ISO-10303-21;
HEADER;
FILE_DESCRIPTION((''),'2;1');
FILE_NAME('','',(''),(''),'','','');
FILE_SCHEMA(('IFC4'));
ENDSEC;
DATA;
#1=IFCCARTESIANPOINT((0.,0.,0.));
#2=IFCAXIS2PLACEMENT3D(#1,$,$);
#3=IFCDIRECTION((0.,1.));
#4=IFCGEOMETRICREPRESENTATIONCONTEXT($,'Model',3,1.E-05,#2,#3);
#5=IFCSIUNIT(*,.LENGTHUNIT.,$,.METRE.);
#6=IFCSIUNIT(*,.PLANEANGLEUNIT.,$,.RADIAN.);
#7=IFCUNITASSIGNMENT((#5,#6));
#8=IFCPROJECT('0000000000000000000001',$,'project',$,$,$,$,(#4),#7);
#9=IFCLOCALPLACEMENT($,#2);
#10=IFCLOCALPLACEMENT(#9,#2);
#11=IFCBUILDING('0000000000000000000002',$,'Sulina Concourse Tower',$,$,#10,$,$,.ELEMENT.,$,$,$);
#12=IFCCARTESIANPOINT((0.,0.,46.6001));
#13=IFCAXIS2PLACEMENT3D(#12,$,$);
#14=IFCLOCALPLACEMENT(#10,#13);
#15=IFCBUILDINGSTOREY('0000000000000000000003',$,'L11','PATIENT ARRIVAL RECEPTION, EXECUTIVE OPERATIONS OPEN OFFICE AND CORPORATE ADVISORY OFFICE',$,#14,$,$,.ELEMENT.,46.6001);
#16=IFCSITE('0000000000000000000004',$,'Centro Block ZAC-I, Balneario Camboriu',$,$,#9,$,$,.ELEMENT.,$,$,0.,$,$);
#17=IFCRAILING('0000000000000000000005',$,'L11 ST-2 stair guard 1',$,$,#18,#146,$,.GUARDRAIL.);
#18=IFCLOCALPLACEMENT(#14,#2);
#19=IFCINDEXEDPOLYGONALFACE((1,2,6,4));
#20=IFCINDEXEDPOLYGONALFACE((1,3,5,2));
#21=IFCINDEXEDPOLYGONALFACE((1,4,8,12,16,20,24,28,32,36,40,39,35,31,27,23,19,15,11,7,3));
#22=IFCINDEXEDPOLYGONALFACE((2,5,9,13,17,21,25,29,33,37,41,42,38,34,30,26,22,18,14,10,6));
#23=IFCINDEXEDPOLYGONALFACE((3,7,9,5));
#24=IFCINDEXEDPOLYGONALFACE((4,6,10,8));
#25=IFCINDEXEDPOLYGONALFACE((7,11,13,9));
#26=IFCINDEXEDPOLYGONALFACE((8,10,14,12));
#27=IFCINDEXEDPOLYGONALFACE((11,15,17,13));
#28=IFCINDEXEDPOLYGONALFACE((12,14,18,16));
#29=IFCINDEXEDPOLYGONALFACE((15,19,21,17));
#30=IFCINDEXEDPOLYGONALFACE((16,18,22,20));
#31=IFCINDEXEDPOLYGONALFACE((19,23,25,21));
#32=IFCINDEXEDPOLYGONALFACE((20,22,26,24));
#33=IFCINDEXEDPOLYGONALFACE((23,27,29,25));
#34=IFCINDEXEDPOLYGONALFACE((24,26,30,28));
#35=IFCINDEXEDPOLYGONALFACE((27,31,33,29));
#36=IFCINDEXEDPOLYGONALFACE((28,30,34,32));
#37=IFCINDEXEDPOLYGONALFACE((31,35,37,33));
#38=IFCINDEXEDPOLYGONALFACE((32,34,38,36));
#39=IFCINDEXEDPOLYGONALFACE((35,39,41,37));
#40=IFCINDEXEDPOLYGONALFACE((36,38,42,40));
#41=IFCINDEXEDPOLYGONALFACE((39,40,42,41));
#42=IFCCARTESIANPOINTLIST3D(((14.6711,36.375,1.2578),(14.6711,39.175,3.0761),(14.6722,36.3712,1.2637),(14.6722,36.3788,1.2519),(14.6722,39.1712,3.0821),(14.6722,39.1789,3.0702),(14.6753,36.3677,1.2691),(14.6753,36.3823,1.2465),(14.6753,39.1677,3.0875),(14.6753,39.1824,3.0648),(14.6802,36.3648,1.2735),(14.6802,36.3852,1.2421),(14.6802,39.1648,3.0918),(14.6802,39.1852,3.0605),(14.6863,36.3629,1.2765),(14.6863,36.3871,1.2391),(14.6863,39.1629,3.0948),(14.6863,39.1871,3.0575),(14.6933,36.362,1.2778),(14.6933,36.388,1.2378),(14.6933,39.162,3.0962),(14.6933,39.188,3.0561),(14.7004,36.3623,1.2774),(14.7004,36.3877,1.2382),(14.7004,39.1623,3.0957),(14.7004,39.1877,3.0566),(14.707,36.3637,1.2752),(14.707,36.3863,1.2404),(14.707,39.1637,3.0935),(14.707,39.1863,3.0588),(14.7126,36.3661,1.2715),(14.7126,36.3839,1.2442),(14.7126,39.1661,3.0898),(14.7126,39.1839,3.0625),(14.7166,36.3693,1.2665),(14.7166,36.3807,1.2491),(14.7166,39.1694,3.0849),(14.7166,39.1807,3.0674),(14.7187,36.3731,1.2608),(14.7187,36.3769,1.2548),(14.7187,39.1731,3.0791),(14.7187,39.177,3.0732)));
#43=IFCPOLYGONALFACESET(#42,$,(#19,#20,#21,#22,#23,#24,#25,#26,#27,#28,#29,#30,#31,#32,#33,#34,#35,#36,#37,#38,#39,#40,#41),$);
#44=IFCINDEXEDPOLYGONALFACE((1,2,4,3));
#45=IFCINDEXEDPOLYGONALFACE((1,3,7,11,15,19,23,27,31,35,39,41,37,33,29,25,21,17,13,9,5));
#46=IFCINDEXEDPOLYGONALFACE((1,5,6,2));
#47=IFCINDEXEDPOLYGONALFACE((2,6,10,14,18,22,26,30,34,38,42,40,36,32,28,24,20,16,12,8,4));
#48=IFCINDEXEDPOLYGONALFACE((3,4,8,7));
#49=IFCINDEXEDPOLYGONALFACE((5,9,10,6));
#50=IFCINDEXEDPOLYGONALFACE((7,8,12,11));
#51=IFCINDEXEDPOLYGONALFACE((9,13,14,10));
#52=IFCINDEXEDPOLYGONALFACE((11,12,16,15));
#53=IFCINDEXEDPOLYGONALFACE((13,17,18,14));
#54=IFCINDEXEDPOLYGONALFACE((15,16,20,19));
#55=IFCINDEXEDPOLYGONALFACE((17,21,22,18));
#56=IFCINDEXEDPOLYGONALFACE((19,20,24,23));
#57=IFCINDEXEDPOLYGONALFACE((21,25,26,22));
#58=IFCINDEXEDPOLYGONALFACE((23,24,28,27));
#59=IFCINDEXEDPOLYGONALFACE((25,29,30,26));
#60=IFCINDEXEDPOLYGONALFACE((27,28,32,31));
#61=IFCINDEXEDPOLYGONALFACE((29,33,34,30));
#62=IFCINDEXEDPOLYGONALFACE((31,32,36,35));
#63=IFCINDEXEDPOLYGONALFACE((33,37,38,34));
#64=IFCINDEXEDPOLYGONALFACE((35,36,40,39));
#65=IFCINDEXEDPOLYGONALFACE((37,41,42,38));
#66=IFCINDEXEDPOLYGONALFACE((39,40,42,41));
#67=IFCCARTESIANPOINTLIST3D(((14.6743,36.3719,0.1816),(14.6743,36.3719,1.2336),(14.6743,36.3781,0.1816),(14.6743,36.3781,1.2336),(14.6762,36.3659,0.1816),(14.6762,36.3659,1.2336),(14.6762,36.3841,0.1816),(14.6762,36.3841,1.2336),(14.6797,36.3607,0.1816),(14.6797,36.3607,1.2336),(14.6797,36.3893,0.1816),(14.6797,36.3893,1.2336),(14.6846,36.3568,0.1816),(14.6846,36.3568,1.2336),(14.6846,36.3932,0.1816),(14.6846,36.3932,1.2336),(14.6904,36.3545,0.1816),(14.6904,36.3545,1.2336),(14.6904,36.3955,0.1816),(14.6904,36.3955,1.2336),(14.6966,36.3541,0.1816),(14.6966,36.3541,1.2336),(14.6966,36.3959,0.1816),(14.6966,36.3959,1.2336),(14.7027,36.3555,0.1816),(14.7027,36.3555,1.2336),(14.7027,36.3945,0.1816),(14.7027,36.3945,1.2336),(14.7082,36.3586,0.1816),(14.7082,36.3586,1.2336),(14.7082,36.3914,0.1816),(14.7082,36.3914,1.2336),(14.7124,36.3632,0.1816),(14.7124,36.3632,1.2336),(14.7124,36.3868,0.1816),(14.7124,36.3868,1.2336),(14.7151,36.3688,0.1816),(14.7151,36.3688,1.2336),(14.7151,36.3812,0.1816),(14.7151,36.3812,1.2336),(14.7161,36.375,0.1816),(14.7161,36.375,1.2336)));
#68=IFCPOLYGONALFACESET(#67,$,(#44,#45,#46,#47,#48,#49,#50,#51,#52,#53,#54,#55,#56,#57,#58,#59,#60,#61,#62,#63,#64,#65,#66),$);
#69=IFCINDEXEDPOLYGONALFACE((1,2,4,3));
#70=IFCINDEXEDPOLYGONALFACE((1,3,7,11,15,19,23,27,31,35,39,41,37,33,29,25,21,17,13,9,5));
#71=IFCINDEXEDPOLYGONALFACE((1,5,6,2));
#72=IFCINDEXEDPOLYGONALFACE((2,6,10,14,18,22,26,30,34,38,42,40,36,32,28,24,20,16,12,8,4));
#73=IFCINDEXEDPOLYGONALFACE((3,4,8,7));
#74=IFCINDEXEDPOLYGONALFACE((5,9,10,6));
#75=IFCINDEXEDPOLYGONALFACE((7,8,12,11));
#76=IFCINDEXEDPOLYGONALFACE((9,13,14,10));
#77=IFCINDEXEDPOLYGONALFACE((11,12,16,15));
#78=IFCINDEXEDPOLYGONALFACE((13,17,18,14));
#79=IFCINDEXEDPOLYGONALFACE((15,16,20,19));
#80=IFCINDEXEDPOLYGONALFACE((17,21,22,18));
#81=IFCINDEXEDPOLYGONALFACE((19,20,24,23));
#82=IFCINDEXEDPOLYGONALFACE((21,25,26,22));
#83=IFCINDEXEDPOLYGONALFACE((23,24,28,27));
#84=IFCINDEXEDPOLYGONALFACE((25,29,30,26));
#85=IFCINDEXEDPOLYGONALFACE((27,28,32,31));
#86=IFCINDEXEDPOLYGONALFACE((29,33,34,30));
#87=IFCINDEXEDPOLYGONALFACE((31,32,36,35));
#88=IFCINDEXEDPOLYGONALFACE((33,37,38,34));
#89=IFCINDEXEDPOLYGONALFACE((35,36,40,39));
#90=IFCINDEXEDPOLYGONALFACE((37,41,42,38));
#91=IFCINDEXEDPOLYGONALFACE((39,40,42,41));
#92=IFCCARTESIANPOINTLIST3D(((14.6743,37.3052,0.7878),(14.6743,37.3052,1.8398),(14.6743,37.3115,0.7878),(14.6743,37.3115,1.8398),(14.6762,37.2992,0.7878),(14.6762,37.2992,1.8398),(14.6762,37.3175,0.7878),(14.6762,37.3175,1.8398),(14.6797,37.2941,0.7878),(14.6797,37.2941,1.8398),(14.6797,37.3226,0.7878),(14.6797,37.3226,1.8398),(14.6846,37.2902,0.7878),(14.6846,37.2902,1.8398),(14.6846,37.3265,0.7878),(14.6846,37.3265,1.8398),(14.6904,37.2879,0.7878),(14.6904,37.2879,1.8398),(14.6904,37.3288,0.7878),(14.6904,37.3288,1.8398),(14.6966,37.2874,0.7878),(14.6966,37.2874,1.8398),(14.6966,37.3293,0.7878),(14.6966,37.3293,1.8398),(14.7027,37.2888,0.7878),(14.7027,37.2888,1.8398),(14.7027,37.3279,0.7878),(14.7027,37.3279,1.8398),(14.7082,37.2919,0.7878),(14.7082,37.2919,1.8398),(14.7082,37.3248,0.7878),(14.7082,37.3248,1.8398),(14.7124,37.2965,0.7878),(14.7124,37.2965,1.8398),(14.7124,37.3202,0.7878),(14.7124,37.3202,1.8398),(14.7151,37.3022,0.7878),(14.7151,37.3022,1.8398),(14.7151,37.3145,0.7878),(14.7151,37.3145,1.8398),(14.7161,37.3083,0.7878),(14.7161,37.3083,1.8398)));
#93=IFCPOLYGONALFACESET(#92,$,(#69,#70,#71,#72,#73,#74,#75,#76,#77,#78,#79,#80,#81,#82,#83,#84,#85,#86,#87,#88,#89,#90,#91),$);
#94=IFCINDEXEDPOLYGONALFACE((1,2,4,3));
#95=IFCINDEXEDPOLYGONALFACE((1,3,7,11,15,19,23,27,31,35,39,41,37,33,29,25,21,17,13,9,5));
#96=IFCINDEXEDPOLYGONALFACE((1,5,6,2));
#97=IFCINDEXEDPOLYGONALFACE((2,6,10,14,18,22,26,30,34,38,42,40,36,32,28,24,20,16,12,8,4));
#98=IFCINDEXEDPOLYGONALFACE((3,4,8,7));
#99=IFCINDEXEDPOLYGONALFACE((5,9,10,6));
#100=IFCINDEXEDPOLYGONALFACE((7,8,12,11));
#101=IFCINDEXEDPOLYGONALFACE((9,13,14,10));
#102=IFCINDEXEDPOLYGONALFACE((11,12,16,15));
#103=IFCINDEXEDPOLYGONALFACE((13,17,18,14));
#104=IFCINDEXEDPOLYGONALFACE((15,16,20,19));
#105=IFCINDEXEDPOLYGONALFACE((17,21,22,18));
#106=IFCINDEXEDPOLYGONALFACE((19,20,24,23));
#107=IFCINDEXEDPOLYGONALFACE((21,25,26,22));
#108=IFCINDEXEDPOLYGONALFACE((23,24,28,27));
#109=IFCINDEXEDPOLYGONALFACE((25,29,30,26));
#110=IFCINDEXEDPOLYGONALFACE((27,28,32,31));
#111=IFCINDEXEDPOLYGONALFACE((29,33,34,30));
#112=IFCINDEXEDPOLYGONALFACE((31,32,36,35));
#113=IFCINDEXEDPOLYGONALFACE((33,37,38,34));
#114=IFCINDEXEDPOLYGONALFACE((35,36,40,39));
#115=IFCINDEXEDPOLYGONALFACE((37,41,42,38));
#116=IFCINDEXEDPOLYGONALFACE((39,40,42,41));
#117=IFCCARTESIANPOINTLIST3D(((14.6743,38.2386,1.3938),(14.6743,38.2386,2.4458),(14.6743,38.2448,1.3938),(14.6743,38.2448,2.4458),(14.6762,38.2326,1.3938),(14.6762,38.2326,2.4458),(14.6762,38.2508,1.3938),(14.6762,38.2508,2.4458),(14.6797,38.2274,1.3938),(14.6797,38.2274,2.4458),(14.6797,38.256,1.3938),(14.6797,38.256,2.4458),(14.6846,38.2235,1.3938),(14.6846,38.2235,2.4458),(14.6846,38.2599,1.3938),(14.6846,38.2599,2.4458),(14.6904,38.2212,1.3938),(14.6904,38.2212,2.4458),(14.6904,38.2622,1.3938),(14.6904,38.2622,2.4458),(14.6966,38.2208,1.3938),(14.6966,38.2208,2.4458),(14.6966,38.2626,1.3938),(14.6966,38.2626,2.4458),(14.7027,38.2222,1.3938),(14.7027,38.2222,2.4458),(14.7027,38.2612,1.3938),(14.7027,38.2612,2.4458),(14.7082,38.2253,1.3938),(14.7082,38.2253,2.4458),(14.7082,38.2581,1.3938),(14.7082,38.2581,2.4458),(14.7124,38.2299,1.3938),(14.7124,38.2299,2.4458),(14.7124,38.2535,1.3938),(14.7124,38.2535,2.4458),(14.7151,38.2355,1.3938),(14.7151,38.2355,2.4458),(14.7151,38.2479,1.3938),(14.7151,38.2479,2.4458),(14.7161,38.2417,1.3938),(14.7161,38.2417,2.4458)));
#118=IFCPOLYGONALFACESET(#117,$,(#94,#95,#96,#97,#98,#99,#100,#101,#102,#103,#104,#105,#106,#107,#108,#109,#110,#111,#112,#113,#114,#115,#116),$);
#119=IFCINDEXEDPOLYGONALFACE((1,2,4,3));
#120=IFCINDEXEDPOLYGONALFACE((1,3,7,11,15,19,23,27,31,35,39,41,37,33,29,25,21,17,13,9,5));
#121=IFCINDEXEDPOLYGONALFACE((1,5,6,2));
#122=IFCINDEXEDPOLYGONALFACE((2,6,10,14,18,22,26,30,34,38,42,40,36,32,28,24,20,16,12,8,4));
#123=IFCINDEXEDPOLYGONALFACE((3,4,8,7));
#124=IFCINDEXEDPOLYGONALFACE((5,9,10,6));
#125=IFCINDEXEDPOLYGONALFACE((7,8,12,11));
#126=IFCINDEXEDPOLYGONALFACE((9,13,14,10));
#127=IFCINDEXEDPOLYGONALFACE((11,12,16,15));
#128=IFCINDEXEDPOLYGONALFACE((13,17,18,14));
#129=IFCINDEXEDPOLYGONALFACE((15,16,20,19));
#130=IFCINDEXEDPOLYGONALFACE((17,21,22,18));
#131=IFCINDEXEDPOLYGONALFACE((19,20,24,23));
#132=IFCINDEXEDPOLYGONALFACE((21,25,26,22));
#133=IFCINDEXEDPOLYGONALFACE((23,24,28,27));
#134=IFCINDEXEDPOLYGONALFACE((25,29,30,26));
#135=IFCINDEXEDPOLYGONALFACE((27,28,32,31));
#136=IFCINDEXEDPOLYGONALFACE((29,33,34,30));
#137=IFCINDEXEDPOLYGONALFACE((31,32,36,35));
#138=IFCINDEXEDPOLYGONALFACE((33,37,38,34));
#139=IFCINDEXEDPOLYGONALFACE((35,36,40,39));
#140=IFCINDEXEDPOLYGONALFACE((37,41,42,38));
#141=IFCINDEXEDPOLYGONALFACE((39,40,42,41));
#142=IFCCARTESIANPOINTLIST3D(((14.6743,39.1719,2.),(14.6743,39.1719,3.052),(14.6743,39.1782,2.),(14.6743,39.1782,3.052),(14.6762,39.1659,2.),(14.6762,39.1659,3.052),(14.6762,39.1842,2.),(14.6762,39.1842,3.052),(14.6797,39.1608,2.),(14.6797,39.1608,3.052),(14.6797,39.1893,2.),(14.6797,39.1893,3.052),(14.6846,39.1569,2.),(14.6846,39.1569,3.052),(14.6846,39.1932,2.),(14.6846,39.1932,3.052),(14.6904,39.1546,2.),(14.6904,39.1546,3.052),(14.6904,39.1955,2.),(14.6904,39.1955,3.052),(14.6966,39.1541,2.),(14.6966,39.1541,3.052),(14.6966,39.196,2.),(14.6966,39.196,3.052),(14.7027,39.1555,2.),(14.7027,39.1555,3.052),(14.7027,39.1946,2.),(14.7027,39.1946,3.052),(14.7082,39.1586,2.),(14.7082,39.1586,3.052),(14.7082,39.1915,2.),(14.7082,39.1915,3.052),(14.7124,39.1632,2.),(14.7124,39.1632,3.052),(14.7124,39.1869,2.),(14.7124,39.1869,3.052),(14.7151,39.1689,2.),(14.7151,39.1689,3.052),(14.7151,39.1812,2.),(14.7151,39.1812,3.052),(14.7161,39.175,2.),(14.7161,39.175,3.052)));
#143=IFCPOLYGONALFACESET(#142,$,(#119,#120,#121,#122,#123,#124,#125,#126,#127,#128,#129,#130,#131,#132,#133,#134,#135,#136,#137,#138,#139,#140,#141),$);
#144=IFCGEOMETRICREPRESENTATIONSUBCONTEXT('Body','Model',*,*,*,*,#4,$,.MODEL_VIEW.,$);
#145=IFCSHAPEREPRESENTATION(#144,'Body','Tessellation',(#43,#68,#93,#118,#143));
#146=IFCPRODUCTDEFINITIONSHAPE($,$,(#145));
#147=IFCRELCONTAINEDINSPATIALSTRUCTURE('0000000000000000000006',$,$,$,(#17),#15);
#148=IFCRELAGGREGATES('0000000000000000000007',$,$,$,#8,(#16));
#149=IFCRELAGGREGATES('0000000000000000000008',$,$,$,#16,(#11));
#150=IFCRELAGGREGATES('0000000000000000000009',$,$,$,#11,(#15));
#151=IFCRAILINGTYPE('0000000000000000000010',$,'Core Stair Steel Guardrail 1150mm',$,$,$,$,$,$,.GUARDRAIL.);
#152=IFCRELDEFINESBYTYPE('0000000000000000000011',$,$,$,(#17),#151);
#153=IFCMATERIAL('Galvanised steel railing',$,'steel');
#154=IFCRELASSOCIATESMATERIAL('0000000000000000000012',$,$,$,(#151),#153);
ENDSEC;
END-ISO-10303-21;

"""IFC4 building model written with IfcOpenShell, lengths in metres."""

from ifc_helpers import new_model, si_unit, direction, frame, origin, origin_2d, place, context, subcontext, project, spatial, circle, extrude, material, type_object, element, save


model = new_model("IFC4")

# Units and contexts
model_context = context("Model", 3, precision=1e-05, world=origin(), true_north=direction((0.0, 1.0)))
body_context = subcontext(model_context, "Body", "Model", "MODEL_VIEW")
ifc_project = project(units=[si_unit("LENGTHUNIT", "METRE"), si_unit("PLANEANGLEUNIT", "RADIAN")], contexts=[model_context])

# Site, building, storey
site_placement = place(None, origin())
site = spatial("IfcSite", under=ifc_project, at=site_placement, Name="Centro Block ZAC-I, Balneario Camboriu", CompositionType="ELEMENT", RefElevation=0.0)
building_placement = place(site_placement, origin())
building = spatial("IfcBuilding", under=site, at=building_placement, Name="Sulina Concourse Tower", CompositionType="ELEMENT")
storey_placement = place(building_placement, frame((0.0, 0.0, 46.6001)))
storey = spatial("IfcBuildingStorey", under=building, at=storey_placement, Name="L11", Description="PATIENT ARRIVAL RECEPTION, EXECUTIVE OPERATIONS OPEN OFFICE AND CORPORATE ADVISORY OFFICE", CompositionType="ELEMENT", Elevation=46.6001)

# Railing
ifc_material_1 = material(Name="Galvanised steel railing", Category="steel")
railing_type_1 = type_object("IfcRailingType", Name="Core Stair Steel Guardrail 1150mm", PredefinedType="GUARDRAIL", material=ifc_material_1)
railing_1_placement = place(storey_placement, frame((14.6951, 36.375, 0.1816)))
element("IfcRailing", 1, at=railing_1_placement, inside=storey, type_object=railing_type_1, Name="L11 ST-2 stair guard 1", PredefinedType="GUARDRAIL", context=body_context, shape_type="SweptSolid", body=[
    extrude(circle(Radius=0.0239, at=origin_2d()), frame((0.0, 0.0, 1.0762), z_axis=(0.0, 0.838672, 0.544636), x_axis=(-1.0, 0.0, 0.0)), (0.0, 0.0, 1.0), 3.3386),
    extrude(circle(Radius=0.021, at=origin_2d()), origin(), (0.0, 0.0, 1.0), 1.052),
    extrude(circle(Radius=0.021, at=origin_2d()), frame((0.0, 0.9333, 0.6062)), (0.0, 0.0, 1.0), 1.052),
    extrude(circle(Radius=0.021, at=origin_2d()), frame((0.0, 1.8667, 1.2122)), (0.0, 0.0, 1.0), 1.052),
    extrude(circle(Radius=0.021, at=origin_2d()), frame((0.0, 2.8, 1.8184)), (0.0, 0.0, 1.0), 1.052),
])

save(model, "model.ifc")
